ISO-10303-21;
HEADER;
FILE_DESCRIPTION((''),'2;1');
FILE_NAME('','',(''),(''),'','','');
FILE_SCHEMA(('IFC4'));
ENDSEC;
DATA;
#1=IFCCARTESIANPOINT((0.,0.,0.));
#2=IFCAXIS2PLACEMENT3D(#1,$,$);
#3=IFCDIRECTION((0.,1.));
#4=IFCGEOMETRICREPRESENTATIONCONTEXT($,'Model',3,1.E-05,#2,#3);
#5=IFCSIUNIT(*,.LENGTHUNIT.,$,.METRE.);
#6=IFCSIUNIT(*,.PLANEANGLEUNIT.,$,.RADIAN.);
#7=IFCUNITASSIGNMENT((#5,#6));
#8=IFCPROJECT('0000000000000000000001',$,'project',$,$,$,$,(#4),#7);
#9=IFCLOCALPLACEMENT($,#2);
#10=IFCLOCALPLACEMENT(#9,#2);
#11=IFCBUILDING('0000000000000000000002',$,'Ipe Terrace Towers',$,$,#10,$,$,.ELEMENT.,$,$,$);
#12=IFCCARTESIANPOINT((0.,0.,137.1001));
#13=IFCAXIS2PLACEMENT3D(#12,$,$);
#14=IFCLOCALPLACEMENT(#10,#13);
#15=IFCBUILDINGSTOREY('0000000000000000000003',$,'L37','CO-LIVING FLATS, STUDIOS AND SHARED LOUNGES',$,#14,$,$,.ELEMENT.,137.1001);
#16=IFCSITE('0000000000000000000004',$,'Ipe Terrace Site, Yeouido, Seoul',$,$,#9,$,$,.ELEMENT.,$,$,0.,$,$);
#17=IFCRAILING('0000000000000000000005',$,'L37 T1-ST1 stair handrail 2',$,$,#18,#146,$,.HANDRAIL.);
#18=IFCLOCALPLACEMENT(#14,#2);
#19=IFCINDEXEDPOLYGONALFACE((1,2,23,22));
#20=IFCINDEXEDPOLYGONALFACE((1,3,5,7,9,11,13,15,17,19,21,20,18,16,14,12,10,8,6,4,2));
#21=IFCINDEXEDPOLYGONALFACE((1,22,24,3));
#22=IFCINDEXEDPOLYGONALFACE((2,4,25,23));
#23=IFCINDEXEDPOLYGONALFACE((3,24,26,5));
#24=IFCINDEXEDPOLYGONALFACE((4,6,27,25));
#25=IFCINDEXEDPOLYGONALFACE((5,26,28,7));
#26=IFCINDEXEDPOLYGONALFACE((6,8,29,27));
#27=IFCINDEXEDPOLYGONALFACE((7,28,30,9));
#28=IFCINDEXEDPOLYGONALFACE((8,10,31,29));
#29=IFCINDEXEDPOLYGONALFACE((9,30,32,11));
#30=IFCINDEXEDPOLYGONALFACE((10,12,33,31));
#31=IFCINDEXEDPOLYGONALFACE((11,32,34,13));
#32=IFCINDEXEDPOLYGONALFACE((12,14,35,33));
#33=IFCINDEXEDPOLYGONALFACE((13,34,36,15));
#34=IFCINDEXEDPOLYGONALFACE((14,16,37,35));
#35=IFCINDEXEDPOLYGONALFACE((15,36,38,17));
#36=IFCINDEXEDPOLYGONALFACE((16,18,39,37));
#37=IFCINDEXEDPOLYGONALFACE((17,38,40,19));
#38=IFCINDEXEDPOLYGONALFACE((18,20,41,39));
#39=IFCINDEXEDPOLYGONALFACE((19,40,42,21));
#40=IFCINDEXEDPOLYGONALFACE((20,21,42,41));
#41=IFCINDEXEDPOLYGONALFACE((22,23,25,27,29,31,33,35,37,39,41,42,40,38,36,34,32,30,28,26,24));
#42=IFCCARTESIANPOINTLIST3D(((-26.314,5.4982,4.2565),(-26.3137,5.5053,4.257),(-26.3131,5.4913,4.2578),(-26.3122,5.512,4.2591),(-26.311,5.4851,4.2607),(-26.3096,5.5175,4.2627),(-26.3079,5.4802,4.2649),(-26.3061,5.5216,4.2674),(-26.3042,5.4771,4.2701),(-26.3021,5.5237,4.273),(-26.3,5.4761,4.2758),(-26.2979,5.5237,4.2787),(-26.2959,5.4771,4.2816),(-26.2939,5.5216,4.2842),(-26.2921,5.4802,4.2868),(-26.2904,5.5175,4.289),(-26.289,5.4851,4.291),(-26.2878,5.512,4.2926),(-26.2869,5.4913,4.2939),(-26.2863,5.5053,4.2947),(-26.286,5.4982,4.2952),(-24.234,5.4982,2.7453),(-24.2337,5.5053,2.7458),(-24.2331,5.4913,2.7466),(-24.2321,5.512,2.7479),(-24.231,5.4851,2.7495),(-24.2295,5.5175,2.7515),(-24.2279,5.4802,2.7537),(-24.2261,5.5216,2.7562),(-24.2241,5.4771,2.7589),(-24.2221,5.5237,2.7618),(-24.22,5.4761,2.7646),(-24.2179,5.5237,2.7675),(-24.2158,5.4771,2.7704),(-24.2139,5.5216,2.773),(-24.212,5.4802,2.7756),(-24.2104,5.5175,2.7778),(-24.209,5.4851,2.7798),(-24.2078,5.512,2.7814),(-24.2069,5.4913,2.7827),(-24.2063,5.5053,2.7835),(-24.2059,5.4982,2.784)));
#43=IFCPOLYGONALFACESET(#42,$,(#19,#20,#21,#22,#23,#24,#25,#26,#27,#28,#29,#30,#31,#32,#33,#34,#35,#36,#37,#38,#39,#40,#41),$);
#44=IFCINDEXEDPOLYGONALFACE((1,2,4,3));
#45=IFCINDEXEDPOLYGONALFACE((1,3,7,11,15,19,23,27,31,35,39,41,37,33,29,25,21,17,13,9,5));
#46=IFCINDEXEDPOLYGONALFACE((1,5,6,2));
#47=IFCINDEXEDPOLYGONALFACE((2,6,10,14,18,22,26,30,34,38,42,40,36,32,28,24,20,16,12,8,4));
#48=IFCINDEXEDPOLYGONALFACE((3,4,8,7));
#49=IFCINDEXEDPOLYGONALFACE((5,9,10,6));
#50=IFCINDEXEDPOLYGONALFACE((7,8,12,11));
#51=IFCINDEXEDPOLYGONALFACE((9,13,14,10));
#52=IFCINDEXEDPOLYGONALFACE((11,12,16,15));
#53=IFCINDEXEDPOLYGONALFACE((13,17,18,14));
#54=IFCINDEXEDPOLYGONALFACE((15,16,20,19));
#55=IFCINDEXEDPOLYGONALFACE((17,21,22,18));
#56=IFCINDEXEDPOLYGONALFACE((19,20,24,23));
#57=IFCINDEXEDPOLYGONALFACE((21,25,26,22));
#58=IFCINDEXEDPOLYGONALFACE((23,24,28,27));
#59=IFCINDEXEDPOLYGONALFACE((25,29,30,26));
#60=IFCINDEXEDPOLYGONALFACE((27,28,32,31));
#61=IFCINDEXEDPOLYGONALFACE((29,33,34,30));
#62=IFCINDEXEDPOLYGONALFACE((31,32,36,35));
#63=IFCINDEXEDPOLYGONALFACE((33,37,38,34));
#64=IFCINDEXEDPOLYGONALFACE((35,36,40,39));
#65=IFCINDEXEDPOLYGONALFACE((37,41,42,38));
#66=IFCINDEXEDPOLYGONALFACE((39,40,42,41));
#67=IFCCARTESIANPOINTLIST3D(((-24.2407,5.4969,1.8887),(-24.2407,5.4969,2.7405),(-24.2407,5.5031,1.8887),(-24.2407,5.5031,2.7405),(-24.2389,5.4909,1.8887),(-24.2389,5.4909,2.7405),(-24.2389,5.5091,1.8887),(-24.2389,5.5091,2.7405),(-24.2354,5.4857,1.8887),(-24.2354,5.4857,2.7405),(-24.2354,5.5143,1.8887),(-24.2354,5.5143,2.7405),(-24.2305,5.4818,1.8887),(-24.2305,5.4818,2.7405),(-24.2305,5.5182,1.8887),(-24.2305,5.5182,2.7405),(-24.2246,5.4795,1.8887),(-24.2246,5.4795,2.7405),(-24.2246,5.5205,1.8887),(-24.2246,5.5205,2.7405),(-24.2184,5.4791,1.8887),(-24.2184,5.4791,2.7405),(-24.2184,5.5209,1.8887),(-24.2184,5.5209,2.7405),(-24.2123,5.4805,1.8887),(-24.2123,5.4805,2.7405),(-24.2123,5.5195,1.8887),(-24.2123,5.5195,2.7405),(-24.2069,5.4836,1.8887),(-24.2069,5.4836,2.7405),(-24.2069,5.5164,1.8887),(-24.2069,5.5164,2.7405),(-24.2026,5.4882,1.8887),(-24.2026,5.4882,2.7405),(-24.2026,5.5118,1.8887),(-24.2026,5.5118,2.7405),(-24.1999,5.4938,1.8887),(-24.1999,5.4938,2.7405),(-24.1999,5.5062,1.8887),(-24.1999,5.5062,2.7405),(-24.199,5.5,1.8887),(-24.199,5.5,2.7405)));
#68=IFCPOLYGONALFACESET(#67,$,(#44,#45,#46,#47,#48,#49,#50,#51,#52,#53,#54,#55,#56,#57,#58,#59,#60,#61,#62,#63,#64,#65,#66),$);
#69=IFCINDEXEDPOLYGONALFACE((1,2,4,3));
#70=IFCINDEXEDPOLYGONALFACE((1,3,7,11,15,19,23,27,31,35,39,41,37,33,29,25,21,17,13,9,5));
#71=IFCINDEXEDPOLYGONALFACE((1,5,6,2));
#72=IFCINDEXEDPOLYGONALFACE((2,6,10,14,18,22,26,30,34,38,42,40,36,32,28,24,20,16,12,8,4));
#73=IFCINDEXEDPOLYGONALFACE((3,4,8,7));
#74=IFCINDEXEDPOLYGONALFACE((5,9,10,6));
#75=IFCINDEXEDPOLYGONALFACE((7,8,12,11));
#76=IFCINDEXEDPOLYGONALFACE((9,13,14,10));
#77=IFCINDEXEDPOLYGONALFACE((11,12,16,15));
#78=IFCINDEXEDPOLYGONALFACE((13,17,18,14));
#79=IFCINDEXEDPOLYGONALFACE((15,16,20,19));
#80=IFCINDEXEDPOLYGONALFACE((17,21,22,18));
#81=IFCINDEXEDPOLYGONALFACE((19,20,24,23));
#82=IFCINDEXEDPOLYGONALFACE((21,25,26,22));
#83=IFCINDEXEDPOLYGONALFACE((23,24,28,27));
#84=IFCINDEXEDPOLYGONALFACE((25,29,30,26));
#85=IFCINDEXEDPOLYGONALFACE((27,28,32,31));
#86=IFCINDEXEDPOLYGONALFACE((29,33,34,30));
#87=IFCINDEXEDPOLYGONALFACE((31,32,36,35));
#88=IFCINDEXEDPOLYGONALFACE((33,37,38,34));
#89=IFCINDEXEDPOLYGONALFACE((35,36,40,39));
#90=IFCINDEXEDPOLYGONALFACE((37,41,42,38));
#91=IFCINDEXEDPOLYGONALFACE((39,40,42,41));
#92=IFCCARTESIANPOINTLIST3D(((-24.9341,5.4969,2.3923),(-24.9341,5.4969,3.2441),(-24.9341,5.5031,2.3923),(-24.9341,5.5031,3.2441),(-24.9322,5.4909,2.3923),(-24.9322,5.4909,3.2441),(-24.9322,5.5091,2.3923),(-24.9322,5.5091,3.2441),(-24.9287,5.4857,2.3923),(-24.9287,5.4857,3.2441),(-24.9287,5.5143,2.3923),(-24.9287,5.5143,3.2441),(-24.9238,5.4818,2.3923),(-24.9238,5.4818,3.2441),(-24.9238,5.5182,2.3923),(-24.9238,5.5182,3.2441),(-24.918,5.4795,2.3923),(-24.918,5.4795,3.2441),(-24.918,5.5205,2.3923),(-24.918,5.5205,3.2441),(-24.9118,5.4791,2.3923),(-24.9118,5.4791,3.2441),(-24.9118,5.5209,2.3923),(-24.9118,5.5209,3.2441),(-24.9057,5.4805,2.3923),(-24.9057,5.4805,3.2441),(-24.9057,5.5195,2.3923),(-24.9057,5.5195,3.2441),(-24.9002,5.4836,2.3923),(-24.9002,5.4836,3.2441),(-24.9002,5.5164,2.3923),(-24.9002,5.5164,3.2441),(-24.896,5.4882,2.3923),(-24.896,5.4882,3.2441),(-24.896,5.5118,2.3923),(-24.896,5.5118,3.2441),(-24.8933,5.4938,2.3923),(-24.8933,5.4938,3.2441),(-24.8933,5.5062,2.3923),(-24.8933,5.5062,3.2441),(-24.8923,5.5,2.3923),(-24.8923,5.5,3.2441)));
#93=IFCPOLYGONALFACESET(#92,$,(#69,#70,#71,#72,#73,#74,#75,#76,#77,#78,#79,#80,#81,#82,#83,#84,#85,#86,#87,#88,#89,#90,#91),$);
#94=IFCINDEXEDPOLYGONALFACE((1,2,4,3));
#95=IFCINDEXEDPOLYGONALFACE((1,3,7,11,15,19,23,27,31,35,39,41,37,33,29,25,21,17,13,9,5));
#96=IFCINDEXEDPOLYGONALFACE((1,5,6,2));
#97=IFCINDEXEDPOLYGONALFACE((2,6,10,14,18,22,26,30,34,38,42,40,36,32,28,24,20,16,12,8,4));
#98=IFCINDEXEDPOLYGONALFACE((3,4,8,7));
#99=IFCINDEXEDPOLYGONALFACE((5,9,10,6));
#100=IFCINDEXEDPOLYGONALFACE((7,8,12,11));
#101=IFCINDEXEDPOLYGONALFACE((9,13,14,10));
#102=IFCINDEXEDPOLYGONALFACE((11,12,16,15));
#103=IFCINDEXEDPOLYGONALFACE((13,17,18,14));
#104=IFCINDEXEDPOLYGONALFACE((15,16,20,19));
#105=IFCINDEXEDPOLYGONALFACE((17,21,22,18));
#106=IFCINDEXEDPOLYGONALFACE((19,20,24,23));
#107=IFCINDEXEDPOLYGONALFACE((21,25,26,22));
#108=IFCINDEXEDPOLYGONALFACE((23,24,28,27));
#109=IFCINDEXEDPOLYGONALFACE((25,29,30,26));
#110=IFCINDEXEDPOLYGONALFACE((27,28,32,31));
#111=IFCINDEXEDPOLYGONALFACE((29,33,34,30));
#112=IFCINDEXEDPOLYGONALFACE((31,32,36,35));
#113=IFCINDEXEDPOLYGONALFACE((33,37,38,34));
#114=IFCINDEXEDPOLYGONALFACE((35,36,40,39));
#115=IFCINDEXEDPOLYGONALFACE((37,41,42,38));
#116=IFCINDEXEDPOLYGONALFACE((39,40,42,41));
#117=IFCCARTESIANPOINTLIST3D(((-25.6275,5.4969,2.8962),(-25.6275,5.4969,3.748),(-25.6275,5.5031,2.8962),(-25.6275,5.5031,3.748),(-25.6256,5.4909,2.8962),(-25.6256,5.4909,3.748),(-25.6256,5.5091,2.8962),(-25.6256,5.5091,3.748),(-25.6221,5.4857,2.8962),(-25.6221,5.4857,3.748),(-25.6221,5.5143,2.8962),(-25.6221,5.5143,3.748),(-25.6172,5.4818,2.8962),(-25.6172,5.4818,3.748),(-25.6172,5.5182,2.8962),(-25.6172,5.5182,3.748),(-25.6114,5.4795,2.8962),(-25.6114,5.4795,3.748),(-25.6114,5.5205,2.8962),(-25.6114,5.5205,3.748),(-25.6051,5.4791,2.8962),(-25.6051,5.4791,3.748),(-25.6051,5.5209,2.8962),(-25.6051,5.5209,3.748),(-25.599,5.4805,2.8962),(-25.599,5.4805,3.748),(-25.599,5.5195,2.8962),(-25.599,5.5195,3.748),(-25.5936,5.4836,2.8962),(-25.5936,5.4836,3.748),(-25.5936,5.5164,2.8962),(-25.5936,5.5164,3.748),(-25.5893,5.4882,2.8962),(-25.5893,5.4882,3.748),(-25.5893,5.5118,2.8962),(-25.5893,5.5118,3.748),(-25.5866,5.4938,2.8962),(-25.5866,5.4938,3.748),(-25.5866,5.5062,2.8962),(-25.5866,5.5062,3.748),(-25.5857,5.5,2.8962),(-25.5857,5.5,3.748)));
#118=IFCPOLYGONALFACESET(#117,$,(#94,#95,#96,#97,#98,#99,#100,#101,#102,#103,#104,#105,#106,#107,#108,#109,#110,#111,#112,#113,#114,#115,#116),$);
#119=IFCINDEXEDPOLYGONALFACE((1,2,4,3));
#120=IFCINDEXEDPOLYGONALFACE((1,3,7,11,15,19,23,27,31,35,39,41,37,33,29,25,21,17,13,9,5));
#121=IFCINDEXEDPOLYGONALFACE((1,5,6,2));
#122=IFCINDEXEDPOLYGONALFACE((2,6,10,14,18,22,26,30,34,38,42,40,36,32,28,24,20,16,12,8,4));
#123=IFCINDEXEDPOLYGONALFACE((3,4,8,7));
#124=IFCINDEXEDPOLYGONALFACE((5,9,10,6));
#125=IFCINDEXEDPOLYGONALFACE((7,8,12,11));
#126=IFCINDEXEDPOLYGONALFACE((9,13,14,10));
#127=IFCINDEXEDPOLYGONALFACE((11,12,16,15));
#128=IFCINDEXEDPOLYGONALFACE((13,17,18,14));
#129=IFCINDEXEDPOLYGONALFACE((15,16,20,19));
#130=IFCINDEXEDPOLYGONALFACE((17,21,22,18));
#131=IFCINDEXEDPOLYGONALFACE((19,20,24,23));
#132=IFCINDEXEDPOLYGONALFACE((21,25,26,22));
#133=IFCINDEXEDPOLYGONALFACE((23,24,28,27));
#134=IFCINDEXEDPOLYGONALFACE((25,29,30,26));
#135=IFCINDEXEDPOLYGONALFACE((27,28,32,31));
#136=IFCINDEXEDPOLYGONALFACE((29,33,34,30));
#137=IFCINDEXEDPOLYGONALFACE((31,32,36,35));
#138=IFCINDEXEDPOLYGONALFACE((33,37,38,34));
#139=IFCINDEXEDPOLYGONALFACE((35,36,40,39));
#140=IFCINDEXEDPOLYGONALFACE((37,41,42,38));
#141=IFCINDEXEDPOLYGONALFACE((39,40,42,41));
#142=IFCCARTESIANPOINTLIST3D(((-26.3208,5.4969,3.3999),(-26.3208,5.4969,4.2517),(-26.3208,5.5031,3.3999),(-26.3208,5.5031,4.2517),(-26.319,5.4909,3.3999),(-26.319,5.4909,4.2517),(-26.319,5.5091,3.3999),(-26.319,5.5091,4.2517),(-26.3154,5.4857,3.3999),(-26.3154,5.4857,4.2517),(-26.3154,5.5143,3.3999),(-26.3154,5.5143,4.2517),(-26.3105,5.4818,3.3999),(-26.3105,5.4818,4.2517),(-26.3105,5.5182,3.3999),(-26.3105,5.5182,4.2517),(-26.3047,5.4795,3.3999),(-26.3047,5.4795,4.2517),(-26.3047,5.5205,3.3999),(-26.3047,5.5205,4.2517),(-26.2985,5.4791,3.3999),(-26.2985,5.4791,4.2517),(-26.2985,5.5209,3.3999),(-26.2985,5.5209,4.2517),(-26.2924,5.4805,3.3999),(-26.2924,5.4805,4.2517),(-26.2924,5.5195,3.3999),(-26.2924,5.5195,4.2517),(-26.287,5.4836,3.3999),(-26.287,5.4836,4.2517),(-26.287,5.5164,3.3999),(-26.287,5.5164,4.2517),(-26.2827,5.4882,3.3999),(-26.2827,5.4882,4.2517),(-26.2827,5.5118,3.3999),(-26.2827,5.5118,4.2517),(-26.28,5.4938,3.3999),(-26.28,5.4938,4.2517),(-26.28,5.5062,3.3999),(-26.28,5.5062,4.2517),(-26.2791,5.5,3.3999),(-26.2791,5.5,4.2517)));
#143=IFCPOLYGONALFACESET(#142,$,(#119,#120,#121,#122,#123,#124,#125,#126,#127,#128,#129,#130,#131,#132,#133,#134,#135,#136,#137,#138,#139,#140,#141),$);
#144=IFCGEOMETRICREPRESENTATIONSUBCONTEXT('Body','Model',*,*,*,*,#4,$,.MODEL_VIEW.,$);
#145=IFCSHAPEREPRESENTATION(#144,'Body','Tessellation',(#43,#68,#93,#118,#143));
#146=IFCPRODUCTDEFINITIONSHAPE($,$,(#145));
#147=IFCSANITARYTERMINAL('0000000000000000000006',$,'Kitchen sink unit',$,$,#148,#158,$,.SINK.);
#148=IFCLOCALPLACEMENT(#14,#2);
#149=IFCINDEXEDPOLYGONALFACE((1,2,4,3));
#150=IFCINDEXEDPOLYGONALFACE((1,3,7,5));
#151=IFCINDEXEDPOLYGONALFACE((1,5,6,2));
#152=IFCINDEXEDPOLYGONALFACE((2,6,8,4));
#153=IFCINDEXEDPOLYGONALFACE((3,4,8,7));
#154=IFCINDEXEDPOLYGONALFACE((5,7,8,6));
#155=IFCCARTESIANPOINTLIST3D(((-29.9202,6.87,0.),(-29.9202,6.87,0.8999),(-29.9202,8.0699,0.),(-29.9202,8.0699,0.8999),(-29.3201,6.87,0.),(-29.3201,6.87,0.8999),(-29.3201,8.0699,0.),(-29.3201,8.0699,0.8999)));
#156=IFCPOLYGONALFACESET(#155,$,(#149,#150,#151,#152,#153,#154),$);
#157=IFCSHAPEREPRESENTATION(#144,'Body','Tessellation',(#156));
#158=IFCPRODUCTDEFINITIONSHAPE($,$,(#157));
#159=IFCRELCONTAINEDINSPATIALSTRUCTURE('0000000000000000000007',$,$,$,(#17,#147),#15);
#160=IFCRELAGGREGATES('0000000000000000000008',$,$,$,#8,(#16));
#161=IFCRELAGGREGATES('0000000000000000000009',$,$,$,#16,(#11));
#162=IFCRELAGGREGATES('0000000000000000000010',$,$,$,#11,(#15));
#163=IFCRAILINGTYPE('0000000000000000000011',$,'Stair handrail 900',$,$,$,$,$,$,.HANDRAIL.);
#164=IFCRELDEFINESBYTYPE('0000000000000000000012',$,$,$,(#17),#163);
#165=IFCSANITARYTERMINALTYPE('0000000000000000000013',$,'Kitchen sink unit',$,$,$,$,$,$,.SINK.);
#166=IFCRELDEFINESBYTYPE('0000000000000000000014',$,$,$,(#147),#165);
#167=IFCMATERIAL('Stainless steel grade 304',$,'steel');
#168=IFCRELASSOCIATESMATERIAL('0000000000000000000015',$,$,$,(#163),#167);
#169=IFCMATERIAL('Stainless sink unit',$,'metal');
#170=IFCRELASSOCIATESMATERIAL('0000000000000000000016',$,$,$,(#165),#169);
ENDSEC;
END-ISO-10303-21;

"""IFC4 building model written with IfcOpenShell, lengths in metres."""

from ifc_helpers import new_model, si_unit, direction, frame, origin, origin_2d, place, context, subcontext, project, spatial, rectangle, circle, extrude, material, type_object, element, save


model = new_model("IFC4")

# Units and contexts
model_context = context("Model", 3, precision=1e-05, world=origin(), true_north=direction((0.0, 1.0)))
body_context = subcontext(model_context, "Body", "Model", "MODEL_VIEW")
ifc_project = project(units=[si_unit("LENGTHUNIT", "METRE"), si_unit("PLANEANGLEUNIT", "RADIAN")], contexts=[model_context])

# Site, building, storey
site_placement = place(None, origin())
site = spatial("IfcSite", under=ifc_project, at=site_placement, Name="Ipe Terrace Site, Yeouido, Seoul", CompositionType="ELEMENT", RefElevation=0.0)
building_placement = place(site_placement, origin())
building = spatial("IfcBuilding", under=site, at=building_placement, Name="Ipe Terrace Towers", CompositionType="ELEMENT")
storey_placement = place(building_placement, frame((0.0, 0.0, 137.1001)))
storey = spatial("IfcBuildingStorey", under=building, at=storey_placement, Name="L37", Description="CO-LIVING FLATS, STUDIOS AND SHARED LOUNGES", CompositionType="ELEMENT", Elevation=137.1001)

# Railing
ifc_material_1 = material(Name="Stainless steel grade 304", Category="steel")
railing_type_1 = type_object("IfcRailingType", Name="Stair handrail 900", PredefinedType="HANDRAIL", material=ifc_material_1)
railing_1_placement = place(storey_placement, frame((-24.22, 5.5, 1.8887)))
element("IfcRailing", 1, at=railing_1_placement, inside=storey, type_object=railing_type_1, Name="L37 T1-ST1 stair handrail 2", PredefinedType="HANDRAIL", context=body_context, shape_type="SweptSolid", body=[
    extrude(circle(Radius=0.0239, at=origin_2d()), frame((0.0, 0.0, 0.876), z_axis=(-0.809023, 0.0, 0.587776), x_axis=(0.0, -1.0, 0.0)), (0.0, 0.0, 1.0), 2.571),
    extrude(circle(Radius=0.021, at=origin_2d()), origin(), (0.0, 0.0, 1.0), 0.8518),
    extrude(circle(Radius=0.021, at=origin_2d()), frame((-0.6934, 0.0, 0.5037)), (0.0, 0.0, 1.0), 0.8518),
    extrude(circle(Radius=0.021, at=origin_2d()), frame((-1.3867, 0.0, 1.0076)), (0.0, 0.0, 1.0), 0.8518),
    extrude(circle(Radius=0.021, at=origin_2d()), frame((-2.0801, 0.0, 1.5112)), (0.0, 0.0, 1.0), 0.8518),
])

# Sanitary terminal
ifc_material_2 = material(Name="Stainless sink unit", Category="metal")
sanitary_terminal_type = type_object("IfcSanitaryTerminalType", Name="Kitchen sink unit", PredefinedType="SINK", material=ifc_material_2)
sanitary_terminal_placement = place(storey_placement, frame((-29.6201, 7.47, 0.0), z_axis=(0.0, 0.0, 1.0), x_axis=(0.0, -1.0, 0.0)))
element("IfcSanitaryTerminal", 2, at=sanitary_terminal_placement, inside=storey, type_object=sanitary_terminal_type, Name="Kitchen sink unit", PredefinedType="SINK", context=body_context, shape_type="SweptSolid", body=[
    extrude(rectangle(XDim=1.2, YDim=0.6001, at=origin_2d()), origin(), (0.0, 0.0, 1.0), 0.8999),
])

save(model, "model.ifc")
